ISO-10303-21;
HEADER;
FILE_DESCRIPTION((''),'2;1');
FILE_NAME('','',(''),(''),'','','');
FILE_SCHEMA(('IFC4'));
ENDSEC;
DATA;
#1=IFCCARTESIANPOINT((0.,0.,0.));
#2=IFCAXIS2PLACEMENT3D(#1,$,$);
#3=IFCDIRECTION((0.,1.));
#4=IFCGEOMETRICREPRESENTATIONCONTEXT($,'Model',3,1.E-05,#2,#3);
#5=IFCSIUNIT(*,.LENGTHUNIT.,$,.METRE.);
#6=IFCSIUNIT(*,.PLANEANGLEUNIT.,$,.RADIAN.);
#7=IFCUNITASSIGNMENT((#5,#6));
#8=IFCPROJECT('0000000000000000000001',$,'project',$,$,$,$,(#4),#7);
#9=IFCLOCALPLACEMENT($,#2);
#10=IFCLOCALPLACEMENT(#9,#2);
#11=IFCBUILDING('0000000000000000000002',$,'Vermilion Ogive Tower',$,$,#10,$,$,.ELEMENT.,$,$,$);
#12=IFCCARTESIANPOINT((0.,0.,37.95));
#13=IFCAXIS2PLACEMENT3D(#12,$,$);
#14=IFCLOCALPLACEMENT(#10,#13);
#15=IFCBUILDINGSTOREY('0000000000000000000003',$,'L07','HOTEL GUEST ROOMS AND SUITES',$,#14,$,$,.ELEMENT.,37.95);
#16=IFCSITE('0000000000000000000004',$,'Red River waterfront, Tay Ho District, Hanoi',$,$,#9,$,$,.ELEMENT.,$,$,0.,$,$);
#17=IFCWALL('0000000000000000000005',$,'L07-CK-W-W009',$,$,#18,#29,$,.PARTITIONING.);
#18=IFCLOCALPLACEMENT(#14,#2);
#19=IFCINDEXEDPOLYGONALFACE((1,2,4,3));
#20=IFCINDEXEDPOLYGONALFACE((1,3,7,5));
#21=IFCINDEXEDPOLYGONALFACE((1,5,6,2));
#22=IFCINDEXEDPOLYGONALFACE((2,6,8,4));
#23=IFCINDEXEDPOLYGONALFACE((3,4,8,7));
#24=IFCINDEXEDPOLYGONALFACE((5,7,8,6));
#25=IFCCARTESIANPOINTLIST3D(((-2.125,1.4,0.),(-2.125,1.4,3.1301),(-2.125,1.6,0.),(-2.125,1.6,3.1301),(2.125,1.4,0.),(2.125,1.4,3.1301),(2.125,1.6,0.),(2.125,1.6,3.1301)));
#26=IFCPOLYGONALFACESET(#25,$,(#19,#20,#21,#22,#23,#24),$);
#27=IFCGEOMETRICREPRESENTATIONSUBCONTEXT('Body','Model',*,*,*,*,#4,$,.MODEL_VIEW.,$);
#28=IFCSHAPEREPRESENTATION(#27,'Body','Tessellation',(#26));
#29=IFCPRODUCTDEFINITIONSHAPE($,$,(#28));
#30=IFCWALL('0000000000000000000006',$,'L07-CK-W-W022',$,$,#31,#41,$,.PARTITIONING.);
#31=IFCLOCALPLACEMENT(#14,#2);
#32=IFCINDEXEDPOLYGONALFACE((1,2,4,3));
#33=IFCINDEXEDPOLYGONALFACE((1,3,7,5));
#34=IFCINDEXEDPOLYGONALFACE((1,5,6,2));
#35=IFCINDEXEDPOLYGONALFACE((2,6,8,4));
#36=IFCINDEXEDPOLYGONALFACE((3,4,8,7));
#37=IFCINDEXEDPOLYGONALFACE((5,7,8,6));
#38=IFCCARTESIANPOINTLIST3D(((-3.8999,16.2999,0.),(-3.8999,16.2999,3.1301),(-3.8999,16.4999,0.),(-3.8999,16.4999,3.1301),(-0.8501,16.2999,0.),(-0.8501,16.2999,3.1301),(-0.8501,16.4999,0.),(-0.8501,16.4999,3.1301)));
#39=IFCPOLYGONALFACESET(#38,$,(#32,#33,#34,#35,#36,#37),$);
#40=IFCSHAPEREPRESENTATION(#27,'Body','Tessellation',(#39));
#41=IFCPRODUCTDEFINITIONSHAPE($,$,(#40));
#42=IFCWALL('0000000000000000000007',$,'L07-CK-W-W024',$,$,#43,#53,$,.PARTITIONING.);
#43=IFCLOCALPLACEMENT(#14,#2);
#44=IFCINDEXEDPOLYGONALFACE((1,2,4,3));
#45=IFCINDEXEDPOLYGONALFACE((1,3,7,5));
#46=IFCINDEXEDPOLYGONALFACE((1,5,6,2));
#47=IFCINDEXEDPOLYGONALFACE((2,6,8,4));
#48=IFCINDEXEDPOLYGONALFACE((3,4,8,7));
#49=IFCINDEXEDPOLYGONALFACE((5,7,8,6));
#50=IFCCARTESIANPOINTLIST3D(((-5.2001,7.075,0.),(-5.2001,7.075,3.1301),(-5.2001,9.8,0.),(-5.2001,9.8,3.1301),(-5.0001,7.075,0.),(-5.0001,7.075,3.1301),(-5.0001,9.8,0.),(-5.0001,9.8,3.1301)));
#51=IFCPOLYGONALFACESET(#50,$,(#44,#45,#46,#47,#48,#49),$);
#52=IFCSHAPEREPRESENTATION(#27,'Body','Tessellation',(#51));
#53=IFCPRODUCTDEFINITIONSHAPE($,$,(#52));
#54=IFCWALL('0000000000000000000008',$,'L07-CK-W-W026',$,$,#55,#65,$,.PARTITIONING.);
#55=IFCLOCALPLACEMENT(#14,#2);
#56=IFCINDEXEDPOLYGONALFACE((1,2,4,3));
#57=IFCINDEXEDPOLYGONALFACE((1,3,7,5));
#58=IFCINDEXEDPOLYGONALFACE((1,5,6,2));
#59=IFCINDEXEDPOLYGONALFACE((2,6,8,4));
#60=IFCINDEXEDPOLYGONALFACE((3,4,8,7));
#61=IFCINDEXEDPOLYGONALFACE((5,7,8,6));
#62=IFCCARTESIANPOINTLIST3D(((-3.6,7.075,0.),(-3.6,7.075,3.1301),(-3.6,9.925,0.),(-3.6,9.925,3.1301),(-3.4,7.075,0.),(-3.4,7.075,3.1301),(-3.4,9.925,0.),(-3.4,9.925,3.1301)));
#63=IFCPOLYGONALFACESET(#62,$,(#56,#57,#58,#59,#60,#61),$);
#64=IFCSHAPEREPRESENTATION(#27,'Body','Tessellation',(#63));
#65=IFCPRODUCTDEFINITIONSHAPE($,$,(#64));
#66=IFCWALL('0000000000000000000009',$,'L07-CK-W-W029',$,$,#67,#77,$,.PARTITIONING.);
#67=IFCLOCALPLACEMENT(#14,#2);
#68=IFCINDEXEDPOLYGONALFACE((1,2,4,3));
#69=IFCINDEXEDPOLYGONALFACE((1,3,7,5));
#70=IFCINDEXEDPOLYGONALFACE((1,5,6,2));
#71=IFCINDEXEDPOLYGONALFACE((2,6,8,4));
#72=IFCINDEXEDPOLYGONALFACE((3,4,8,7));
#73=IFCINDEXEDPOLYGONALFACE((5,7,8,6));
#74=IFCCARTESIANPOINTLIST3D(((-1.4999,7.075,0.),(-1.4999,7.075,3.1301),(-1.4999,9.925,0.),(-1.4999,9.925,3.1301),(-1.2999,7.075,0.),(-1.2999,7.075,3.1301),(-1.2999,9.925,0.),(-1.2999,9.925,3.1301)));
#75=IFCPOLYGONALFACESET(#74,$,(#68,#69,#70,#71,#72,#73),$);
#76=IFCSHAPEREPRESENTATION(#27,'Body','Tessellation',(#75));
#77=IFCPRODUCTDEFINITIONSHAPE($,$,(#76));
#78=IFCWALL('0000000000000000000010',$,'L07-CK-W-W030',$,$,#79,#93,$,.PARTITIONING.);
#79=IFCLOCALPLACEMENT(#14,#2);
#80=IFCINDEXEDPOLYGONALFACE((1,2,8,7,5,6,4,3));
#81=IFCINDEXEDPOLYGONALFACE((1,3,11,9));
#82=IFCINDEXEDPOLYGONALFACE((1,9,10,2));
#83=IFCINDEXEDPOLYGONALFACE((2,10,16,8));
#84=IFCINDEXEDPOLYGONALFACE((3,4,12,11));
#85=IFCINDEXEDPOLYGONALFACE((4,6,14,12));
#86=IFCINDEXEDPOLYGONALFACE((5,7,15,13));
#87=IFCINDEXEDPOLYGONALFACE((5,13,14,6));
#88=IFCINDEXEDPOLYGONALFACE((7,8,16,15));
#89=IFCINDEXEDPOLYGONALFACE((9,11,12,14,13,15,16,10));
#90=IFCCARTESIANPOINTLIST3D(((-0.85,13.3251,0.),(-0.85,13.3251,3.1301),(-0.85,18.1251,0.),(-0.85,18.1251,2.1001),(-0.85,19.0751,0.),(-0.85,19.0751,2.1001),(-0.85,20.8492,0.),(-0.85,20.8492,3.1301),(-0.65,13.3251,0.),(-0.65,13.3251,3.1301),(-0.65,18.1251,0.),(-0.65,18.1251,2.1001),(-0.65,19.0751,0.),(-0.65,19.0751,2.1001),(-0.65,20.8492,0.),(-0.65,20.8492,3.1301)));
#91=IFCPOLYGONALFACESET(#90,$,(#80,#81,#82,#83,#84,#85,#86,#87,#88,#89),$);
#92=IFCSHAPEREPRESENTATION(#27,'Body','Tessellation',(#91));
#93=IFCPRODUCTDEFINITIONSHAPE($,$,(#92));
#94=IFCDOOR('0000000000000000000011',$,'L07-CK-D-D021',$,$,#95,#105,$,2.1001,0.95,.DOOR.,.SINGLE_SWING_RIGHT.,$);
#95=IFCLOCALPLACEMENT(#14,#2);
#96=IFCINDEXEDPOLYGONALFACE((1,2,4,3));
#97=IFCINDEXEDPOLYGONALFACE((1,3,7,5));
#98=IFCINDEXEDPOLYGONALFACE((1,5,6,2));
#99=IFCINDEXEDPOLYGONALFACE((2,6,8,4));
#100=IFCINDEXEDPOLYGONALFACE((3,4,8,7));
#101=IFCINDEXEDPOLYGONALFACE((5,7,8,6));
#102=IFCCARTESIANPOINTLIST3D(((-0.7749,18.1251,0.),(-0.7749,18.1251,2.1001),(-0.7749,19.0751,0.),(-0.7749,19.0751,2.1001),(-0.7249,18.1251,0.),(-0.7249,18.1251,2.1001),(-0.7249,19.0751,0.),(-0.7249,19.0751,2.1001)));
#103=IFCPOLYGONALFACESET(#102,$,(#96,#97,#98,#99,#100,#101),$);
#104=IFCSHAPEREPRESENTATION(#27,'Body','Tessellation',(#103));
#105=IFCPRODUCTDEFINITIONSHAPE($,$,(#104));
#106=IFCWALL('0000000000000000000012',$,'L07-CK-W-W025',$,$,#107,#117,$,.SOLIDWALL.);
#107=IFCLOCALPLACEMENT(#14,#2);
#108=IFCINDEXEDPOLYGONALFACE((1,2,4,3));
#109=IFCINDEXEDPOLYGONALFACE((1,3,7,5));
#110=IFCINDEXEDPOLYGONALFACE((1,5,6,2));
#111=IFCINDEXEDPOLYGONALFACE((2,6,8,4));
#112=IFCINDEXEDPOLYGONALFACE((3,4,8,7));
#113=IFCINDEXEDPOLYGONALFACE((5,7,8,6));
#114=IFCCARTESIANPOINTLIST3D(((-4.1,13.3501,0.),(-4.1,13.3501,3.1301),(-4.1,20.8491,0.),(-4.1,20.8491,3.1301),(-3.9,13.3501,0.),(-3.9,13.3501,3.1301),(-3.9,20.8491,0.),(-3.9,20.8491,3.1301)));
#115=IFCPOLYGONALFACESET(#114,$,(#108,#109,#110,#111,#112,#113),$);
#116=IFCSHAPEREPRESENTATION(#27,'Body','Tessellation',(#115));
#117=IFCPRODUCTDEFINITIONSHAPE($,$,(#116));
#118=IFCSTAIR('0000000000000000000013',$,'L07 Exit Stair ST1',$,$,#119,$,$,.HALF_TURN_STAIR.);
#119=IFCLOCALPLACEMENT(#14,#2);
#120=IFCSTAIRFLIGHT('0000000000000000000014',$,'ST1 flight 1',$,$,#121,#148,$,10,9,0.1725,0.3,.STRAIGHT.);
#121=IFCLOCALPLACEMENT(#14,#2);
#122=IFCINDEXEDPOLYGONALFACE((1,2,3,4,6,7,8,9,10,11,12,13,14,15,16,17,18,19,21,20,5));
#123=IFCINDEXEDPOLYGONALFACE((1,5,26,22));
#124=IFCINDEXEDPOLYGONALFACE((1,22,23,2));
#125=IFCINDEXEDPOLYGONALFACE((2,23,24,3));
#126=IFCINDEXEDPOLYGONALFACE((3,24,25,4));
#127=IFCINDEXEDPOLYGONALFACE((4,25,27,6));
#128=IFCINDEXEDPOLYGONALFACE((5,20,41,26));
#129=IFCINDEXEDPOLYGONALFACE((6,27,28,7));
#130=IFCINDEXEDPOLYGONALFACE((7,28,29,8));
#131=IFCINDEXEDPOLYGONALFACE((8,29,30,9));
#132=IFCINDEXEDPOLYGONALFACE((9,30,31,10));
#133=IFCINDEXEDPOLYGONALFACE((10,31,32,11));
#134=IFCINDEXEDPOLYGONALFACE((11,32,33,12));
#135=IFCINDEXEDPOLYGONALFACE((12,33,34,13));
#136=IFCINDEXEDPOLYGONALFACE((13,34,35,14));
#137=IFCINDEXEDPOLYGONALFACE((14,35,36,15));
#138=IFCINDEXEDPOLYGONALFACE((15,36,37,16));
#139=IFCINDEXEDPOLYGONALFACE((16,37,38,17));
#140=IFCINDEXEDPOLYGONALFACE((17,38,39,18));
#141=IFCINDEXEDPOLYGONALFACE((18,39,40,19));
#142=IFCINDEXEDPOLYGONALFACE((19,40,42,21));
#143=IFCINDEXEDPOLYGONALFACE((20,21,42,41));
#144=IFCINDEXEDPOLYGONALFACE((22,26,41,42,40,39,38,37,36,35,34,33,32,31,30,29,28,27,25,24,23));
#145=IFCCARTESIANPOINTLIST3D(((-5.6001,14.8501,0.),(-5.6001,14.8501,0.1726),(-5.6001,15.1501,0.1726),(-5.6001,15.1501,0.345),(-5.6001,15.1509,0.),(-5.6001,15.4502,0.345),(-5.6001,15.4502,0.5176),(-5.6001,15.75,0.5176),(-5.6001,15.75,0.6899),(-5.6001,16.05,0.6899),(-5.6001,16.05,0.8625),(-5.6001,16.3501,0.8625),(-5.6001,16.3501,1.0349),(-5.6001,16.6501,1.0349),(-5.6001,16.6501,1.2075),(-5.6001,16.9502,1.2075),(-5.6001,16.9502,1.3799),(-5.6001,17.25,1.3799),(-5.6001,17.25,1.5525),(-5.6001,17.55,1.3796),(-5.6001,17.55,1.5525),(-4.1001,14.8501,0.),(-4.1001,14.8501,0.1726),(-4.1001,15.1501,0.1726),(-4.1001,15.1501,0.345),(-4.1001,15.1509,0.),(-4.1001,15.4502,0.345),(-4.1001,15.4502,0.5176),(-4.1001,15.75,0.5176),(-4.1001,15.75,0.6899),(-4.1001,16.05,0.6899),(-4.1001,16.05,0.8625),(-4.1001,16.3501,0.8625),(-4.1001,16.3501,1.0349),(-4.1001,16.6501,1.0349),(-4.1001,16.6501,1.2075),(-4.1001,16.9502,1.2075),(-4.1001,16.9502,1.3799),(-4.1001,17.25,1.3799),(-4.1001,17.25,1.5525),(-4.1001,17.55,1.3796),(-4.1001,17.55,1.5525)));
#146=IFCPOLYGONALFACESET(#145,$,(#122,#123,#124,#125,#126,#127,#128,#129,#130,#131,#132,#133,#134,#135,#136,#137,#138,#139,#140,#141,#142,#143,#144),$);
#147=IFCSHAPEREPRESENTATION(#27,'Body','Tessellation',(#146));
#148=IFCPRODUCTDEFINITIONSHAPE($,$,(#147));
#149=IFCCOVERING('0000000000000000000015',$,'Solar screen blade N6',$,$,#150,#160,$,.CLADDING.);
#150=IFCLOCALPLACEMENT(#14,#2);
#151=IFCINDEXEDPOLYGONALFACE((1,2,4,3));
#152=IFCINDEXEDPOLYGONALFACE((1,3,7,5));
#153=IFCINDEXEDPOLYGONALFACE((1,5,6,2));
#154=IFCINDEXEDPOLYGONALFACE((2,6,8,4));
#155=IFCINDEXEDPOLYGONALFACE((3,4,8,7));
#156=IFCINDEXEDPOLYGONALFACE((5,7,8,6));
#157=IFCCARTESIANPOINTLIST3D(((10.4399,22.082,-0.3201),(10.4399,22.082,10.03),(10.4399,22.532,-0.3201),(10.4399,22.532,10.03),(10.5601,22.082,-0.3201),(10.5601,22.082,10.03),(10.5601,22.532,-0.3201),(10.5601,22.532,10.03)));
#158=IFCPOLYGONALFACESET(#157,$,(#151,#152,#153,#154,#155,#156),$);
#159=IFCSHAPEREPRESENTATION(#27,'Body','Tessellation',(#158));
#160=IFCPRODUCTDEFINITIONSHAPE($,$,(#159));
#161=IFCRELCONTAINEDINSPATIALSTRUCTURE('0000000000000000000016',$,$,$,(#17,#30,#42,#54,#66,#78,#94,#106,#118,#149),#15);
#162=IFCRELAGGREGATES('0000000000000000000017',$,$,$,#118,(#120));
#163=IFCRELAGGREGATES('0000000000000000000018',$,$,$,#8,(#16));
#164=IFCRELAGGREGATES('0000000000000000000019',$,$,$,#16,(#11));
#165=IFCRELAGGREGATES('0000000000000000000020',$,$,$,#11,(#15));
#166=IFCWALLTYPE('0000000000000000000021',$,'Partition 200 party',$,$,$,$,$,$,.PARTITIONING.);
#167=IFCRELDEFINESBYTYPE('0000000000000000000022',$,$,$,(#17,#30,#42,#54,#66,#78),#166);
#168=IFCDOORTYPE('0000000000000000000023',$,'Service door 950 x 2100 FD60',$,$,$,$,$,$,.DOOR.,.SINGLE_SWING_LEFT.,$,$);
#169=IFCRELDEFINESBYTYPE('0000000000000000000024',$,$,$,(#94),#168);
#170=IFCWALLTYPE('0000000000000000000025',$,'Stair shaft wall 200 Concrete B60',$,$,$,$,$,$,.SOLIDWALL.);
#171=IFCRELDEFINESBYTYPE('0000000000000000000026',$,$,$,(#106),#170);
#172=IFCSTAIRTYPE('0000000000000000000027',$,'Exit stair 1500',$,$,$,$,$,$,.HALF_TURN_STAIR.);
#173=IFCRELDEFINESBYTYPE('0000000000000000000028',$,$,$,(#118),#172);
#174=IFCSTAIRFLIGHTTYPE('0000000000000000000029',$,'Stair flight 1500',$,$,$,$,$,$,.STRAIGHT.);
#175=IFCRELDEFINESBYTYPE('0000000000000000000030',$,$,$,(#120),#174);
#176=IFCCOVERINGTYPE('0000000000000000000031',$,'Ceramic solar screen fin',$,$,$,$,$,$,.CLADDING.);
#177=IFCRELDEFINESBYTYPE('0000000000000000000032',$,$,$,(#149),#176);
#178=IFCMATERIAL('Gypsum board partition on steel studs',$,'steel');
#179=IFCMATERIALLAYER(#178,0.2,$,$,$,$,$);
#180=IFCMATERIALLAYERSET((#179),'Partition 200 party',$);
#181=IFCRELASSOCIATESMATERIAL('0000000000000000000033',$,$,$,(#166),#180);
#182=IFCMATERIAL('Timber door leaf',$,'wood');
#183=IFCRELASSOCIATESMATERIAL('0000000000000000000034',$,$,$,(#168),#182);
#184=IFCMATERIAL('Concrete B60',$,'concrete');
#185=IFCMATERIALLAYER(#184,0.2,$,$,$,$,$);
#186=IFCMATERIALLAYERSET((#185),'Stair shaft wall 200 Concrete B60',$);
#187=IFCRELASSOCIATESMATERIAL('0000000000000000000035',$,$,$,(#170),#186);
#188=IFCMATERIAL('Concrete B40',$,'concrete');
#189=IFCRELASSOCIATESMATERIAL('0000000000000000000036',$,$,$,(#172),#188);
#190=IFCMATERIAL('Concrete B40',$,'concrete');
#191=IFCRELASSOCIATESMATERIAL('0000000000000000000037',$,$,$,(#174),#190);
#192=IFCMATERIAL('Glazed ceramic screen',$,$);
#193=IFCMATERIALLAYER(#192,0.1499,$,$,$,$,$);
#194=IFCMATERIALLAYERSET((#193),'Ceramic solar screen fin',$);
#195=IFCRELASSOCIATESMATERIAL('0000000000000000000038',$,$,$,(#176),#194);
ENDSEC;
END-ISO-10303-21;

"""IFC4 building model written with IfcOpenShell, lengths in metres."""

from ifc_helpers import new_model, si_unit, direction, frame, frame_2d, origin, place, context, subcontext, project, spatial, polyline, rectangle, outline, extrude, material, layer, layer_set, type_object, element, fill, aggregate, save


model = new_model("IFC4")

# Units and contexts
model_context = context("Model", 3, precision=1e-05, world=origin(), true_north=direction((0.0, 1.0)))
body_context = subcontext(model_context, "Body", "Model", "MODEL_VIEW")
ifc_project = project(units=[si_unit("LENGTHUNIT", "METRE"), si_unit("PLANEANGLEUNIT", "RADIAN")], contexts=[model_context])

# Site, building, storey
site_placement = place(None, origin())
site = spatial("IfcSite", under=ifc_project, at=site_placement, Name="Red River waterfront, Tay Ho District, Hanoi", CompositionType="ELEMENT", RefElevation=0.0)
building_placement = place(site_placement, origin())
building = spatial("IfcBuilding", under=site, at=building_placement, Name="Vermilion Ogive Tower", CompositionType="ELEMENT")
storey_placement = place(building_placement, frame((0.0, 0.0, 37.95)))
storey = spatial("IfcBuildingStorey", under=building, at=storey_placement, Name="L07", Description="HOTEL GUEST ROOMS AND SUITES", CompositionType="ELEMENT", Elevation=37.95)

# Walls
ifc_material_1 = material(Name="Gypsum board partition on steel studs", Category="steel")
ifc_layer_1 = layer(ifc_material_1, 0.2)
ifc_layer_set_1 = layer_set([ifc_layer_1], Name="Partition 200 party")
wall_type_1 = type_object("IfcWallType", Name="Partition 200 party", PredefinedType="PARTITIONING", material=ifc_layer_set_1)
wall_1_placement = place(storey_placement, frame((-2.125, 1.5, 0.0), z_axis=(0.0, 0.0, 1.0), x_axis=(1.0, 0.0, 0.0)))
element("IfcWall", 1, at=wall_1_placement, inside=storey, type_object=wall_type_1, Name="L07-CK-W-W009", PredefinedType="PARTITIONING", context=body_context, shape_type="SweptSolid", body=[
    extrude(rectangle(XDim=4.25, YDim=0.2, at=frame_2d((2.125, 0.0))), origin(), (0.0, 0.0, 1.0), 3.1301),
])
wall_2_placement = place(storey_placement, frame((-3.8999, 16.3999, 0.0), z_axis=(0.0, 0.0, 1.0), x_axis=(1.0, 0.0, 0.0)))
element("IfcWall", 2, at=wall_2_placement, inside=storey, type_object=wall_type_1, Name="L07-CK-W-W022", PredefinedType="PARTITIONING", context=body_context, shape_type="SweptSolid", body=[
    extrude(rectangle(XDim=3.0498, YDim=0.2, at=frame_2d((1.5249, 0.0))), origin(), (0.0, 0.0, 1.0), 3.1301),
])
wall_3_placement = place(storey_placement, frame((-5.1001, 7.075, 0.0), z_axis=(0.0, 0.0, 1.0), x_axis=(0.0, 1.0, 0.0)))
element("IfcWall", 3, at=wall_3_placement, inside=storey, type_object=wall_type_1, Name="L07-CK-W-W024", PredefinedType="PARTITIONING", context=body_context, shape_type="SweptSolid", body=[
    extrude(rectangle(XDim=2.7251, YDim=0.2, at=frame_2d((1.3625, 0.0))), origin(), (0.0, 0.0, 1.0), 3.1301),
])
for number, where, z_axis, x_axis, name in (
    (4, (-3.5, 7.075, 0.0), (0.0, 0.0, 1.0), (0.0, 1.0, 0.0), "L07-CK-W-W026"),
    (5, (-1.3999, 7.075, 0.0), (0.0, 0.0, 1.0), (0.0, 1.0, 0.0), "L07-CK-W-W029"),
):
    element("IfcWall", number, at=place(storey_placement, frame(where, z_axis=z_axis, x_axis=x_axis)), inside=storey, type_object=wall_type_1, Name=name, PredefinedType="PARTITIONING", context=body_context, shape_type="SweptSolid", body=[
        extrude(rectangle(XDim=2.8501, YDim=0.2, at=frame_2d((1.425, 0.0))), origin(), (0.0, 0.0, 1.0), 3.1301),
    ])

# Wall, opening, door
wall_4_placement = place(storey_placement, frame((-0.75, 13.325, 0.0), z_axis=(0.0, 0.0, 1.0), x_axis=(0.0, 1.0, 0.0)))
wall_4 = element("IfcWall", 6, at=wall_4_placement, inside=storey, type_object=wall_type_1, Name="L07-CK-W-W030", PredefinedType="PARTITIONING", context=body_context, shape_type="SweptSolid", body=[
    extrude(rectangle(XDim=7.5242, YDim=0.2, at=frame_2d((3.7622, 0.0))), origin(), (0.0, 0.0, 1.0), 3.1301),
])
opening_1_placement = place(wall_4_placement, frame((4.8, 0.0, 0.0)))
opening_1 = element("IfcOpeningElement", 7, at=opening_1_placement, cuts=wall_4, PredefinedType="OPENING", context=body_context, shape_type="SweptSolid", body=[
    extrude(rectangle(XDim=0.95, YDim=2.1001, at=frame_2d((0.4751, 1.05))), frame((0.0, 0.1099, 0.0), z_axis=(0.0, -1.0, 0.0), x_axis=(1.0, 0.0, 0.0)), (0.0, 0.0, 1.0), 0.22),
])
ifc_material_2 = material(Name="Timber door leaf", Category="wood")
door_type_1 = type_object("IfcDoorType", Name="Service door 950 x 2100 FD60", OperationType="SINGLE_SWING_LEFT", PredefinedType="DOOR", material=ifc_material_2)
door_1_placement = place(opening_1_placement, origin())
door_1 = element("IfcDoor", 8, at=door_1_placement, inside=storey, type_object=door_type_1, Name="L07-CK-D-D021", OperationType="SINGLE_SWING_RIGHT", OverallHeight=2.1001, OverallWidth=0.95, PredefinedType="DOOR", context=body_context, shape_type="SweptSolid", body=[
    extrude(rectangle(XDim=0.95, YDim=2.1001, at=frame_2d((0.4751, 1.05))), frame((0.0, 0.0249, 0.0), z_axis=(0.0, -1.0, 0.0), x_axis=(1.0, 0.0, 0.0)), (0.0, 0.0, 1.0), 0.05),
])
fill(opening_1, door_1)

# Wall
ifc_material_3 = material(Name="Concrete B60", Category="concrete")
ifc_layer_2 = layer(ifc_material_3, 0.2)
ifc_layer_set_2 = layer_set([ifc_layer_2], Name="Stair shaft wall 200 Concrete B60")
wall_type_2 = type_object("IfcWallType", Name="Stair shaft wall 200 Concrete B60", PredefinedType="SOLIDWALL", material=ifc_layer_set_2)
wall_5_placement = place(storey_placement, frame((-4.0, 13.3501, 0.0), z_axis=(0.0, 0.0, 1.0), x_axis=(0.0, 1.0, 0.0)))
element("IfcWall", 9, at=wall_5_placement, inside=storey, type_object=wall_type_2, Name="L07-CK-W-W025", PredefinedType="SOLIDWALL", context=body_context, shape_type="SweptSolid", body=[
    extrude(rectangle(XDim=7.499, YDim=0.2, at=frame_2d((3.7495, 0.0))), origin(), (0.0, 0.0, 1.0), 3.1301),
])

# Stair, stair flight
ifc_material_4 = material(Name="Concrete B40", Category="concrete")
stair_type = type_object("IfcStairType", Name="Exit stair 1500", PredefinedType="HALF_TURN_STAIR", material=ifc_material_4)
stair_placement = place(storey_placement, origin())
stair = element("IfcStair", 10, at=stair_placement, inside=storey, type_object=stair_type, Name="L07 Exit Stair ST1", PredefinedType="HALF_TURN_STAIR")
ifc_material_5 = material(Name="Concrete B40", Category="concrete")
stair_flight_type = type_object("IfcStairFlightType", Name="Stair flight 1500", PredefinedType="STRAIGHT", material=ifc_material_5)
stair_flight_placement = place(storey_placement, frame((-4.8501, 14.8501, 0.0), z_axis=(0.0, 0.0, 1.0), x_axis=(0.0, 1.0, 0.0)))
stair_flight = element("IfcStairFlight", 11, at=stair_flight_placement, type_object=stair_flight_type, Name="ST1 flight 1", NumberOfRisers=10, NumberOfTreads=9, PredefinedType="STRAIGHT", RiserHeight=0.1725, TreadLength=0.3, context=body_context, shape_type="SweptSolid", body=[
    extrude(outline(polyline([(0.0, 0.0), (0.0, 0.1726), (0.3, 0.1726), (0.3, 0.345), (0.6001, 0.345), (0.6001, 0.5176), (0.8999, 0.5176), (0.8999, 0.6899), (1.2, 0.6899), (1.2, 0.8625), (1.5, 0.8625), (1.5, 1.0349), (1.8, 1.0349), (1.8, 1.2075), (2.1001, 1.2075), (2.1001, 1.3799), (2.3999, 1.3799), (2.3999, 1.5525), (2.7, 1.5525), (2.7, 1.7251), (2.7, 1.3796), (0.3008, 0.0), (0.0, 0.0)])), frame((0.0, 0.75, 0.0), z_axis=(0.0, -1.0, 0.0), x_axis=(1.0, 0.0, 0.0)), (0.0, 0.0, 1.0), 1.5),
])
aggregate(stair, [stair_flight])

# Covering
ifc_material_6 = material(Name="Glazed ceramic screen")
ifc_layer_3 = layer(ifc_material_6, 0.1499)
ifc_layer_set_3 = layer_set([ifc_layer_3], Name="Ceramic solar screen fin")
covering_type_1 = type_object("IfcCoveringType", Name="Ceramic solar screen fin", PredefinedType="CLADDING", material=ifc_layer_set_3)
covering_1_placement = place(storey_placement, frame((0.0, 0.0, -0.3201)))
element("IfcCovering", 12, at=covering_1_placement, inside=storey, type_object=covering_type_1, Name="Solar screen blade N6", PredefinedType="CLADDING", context=body_context, shape_type="SweptSolid", body=[
    extrude(outline(polyline([(10.4399, 22.082), (10.5601, 22.082), (10.5601, 22.532), (10.4399, 22.532), (10.4399, 22.082)])), origin(), (0.0, 0.0, 1.0), 10.3501),
])

save(model, "model.ifc")
